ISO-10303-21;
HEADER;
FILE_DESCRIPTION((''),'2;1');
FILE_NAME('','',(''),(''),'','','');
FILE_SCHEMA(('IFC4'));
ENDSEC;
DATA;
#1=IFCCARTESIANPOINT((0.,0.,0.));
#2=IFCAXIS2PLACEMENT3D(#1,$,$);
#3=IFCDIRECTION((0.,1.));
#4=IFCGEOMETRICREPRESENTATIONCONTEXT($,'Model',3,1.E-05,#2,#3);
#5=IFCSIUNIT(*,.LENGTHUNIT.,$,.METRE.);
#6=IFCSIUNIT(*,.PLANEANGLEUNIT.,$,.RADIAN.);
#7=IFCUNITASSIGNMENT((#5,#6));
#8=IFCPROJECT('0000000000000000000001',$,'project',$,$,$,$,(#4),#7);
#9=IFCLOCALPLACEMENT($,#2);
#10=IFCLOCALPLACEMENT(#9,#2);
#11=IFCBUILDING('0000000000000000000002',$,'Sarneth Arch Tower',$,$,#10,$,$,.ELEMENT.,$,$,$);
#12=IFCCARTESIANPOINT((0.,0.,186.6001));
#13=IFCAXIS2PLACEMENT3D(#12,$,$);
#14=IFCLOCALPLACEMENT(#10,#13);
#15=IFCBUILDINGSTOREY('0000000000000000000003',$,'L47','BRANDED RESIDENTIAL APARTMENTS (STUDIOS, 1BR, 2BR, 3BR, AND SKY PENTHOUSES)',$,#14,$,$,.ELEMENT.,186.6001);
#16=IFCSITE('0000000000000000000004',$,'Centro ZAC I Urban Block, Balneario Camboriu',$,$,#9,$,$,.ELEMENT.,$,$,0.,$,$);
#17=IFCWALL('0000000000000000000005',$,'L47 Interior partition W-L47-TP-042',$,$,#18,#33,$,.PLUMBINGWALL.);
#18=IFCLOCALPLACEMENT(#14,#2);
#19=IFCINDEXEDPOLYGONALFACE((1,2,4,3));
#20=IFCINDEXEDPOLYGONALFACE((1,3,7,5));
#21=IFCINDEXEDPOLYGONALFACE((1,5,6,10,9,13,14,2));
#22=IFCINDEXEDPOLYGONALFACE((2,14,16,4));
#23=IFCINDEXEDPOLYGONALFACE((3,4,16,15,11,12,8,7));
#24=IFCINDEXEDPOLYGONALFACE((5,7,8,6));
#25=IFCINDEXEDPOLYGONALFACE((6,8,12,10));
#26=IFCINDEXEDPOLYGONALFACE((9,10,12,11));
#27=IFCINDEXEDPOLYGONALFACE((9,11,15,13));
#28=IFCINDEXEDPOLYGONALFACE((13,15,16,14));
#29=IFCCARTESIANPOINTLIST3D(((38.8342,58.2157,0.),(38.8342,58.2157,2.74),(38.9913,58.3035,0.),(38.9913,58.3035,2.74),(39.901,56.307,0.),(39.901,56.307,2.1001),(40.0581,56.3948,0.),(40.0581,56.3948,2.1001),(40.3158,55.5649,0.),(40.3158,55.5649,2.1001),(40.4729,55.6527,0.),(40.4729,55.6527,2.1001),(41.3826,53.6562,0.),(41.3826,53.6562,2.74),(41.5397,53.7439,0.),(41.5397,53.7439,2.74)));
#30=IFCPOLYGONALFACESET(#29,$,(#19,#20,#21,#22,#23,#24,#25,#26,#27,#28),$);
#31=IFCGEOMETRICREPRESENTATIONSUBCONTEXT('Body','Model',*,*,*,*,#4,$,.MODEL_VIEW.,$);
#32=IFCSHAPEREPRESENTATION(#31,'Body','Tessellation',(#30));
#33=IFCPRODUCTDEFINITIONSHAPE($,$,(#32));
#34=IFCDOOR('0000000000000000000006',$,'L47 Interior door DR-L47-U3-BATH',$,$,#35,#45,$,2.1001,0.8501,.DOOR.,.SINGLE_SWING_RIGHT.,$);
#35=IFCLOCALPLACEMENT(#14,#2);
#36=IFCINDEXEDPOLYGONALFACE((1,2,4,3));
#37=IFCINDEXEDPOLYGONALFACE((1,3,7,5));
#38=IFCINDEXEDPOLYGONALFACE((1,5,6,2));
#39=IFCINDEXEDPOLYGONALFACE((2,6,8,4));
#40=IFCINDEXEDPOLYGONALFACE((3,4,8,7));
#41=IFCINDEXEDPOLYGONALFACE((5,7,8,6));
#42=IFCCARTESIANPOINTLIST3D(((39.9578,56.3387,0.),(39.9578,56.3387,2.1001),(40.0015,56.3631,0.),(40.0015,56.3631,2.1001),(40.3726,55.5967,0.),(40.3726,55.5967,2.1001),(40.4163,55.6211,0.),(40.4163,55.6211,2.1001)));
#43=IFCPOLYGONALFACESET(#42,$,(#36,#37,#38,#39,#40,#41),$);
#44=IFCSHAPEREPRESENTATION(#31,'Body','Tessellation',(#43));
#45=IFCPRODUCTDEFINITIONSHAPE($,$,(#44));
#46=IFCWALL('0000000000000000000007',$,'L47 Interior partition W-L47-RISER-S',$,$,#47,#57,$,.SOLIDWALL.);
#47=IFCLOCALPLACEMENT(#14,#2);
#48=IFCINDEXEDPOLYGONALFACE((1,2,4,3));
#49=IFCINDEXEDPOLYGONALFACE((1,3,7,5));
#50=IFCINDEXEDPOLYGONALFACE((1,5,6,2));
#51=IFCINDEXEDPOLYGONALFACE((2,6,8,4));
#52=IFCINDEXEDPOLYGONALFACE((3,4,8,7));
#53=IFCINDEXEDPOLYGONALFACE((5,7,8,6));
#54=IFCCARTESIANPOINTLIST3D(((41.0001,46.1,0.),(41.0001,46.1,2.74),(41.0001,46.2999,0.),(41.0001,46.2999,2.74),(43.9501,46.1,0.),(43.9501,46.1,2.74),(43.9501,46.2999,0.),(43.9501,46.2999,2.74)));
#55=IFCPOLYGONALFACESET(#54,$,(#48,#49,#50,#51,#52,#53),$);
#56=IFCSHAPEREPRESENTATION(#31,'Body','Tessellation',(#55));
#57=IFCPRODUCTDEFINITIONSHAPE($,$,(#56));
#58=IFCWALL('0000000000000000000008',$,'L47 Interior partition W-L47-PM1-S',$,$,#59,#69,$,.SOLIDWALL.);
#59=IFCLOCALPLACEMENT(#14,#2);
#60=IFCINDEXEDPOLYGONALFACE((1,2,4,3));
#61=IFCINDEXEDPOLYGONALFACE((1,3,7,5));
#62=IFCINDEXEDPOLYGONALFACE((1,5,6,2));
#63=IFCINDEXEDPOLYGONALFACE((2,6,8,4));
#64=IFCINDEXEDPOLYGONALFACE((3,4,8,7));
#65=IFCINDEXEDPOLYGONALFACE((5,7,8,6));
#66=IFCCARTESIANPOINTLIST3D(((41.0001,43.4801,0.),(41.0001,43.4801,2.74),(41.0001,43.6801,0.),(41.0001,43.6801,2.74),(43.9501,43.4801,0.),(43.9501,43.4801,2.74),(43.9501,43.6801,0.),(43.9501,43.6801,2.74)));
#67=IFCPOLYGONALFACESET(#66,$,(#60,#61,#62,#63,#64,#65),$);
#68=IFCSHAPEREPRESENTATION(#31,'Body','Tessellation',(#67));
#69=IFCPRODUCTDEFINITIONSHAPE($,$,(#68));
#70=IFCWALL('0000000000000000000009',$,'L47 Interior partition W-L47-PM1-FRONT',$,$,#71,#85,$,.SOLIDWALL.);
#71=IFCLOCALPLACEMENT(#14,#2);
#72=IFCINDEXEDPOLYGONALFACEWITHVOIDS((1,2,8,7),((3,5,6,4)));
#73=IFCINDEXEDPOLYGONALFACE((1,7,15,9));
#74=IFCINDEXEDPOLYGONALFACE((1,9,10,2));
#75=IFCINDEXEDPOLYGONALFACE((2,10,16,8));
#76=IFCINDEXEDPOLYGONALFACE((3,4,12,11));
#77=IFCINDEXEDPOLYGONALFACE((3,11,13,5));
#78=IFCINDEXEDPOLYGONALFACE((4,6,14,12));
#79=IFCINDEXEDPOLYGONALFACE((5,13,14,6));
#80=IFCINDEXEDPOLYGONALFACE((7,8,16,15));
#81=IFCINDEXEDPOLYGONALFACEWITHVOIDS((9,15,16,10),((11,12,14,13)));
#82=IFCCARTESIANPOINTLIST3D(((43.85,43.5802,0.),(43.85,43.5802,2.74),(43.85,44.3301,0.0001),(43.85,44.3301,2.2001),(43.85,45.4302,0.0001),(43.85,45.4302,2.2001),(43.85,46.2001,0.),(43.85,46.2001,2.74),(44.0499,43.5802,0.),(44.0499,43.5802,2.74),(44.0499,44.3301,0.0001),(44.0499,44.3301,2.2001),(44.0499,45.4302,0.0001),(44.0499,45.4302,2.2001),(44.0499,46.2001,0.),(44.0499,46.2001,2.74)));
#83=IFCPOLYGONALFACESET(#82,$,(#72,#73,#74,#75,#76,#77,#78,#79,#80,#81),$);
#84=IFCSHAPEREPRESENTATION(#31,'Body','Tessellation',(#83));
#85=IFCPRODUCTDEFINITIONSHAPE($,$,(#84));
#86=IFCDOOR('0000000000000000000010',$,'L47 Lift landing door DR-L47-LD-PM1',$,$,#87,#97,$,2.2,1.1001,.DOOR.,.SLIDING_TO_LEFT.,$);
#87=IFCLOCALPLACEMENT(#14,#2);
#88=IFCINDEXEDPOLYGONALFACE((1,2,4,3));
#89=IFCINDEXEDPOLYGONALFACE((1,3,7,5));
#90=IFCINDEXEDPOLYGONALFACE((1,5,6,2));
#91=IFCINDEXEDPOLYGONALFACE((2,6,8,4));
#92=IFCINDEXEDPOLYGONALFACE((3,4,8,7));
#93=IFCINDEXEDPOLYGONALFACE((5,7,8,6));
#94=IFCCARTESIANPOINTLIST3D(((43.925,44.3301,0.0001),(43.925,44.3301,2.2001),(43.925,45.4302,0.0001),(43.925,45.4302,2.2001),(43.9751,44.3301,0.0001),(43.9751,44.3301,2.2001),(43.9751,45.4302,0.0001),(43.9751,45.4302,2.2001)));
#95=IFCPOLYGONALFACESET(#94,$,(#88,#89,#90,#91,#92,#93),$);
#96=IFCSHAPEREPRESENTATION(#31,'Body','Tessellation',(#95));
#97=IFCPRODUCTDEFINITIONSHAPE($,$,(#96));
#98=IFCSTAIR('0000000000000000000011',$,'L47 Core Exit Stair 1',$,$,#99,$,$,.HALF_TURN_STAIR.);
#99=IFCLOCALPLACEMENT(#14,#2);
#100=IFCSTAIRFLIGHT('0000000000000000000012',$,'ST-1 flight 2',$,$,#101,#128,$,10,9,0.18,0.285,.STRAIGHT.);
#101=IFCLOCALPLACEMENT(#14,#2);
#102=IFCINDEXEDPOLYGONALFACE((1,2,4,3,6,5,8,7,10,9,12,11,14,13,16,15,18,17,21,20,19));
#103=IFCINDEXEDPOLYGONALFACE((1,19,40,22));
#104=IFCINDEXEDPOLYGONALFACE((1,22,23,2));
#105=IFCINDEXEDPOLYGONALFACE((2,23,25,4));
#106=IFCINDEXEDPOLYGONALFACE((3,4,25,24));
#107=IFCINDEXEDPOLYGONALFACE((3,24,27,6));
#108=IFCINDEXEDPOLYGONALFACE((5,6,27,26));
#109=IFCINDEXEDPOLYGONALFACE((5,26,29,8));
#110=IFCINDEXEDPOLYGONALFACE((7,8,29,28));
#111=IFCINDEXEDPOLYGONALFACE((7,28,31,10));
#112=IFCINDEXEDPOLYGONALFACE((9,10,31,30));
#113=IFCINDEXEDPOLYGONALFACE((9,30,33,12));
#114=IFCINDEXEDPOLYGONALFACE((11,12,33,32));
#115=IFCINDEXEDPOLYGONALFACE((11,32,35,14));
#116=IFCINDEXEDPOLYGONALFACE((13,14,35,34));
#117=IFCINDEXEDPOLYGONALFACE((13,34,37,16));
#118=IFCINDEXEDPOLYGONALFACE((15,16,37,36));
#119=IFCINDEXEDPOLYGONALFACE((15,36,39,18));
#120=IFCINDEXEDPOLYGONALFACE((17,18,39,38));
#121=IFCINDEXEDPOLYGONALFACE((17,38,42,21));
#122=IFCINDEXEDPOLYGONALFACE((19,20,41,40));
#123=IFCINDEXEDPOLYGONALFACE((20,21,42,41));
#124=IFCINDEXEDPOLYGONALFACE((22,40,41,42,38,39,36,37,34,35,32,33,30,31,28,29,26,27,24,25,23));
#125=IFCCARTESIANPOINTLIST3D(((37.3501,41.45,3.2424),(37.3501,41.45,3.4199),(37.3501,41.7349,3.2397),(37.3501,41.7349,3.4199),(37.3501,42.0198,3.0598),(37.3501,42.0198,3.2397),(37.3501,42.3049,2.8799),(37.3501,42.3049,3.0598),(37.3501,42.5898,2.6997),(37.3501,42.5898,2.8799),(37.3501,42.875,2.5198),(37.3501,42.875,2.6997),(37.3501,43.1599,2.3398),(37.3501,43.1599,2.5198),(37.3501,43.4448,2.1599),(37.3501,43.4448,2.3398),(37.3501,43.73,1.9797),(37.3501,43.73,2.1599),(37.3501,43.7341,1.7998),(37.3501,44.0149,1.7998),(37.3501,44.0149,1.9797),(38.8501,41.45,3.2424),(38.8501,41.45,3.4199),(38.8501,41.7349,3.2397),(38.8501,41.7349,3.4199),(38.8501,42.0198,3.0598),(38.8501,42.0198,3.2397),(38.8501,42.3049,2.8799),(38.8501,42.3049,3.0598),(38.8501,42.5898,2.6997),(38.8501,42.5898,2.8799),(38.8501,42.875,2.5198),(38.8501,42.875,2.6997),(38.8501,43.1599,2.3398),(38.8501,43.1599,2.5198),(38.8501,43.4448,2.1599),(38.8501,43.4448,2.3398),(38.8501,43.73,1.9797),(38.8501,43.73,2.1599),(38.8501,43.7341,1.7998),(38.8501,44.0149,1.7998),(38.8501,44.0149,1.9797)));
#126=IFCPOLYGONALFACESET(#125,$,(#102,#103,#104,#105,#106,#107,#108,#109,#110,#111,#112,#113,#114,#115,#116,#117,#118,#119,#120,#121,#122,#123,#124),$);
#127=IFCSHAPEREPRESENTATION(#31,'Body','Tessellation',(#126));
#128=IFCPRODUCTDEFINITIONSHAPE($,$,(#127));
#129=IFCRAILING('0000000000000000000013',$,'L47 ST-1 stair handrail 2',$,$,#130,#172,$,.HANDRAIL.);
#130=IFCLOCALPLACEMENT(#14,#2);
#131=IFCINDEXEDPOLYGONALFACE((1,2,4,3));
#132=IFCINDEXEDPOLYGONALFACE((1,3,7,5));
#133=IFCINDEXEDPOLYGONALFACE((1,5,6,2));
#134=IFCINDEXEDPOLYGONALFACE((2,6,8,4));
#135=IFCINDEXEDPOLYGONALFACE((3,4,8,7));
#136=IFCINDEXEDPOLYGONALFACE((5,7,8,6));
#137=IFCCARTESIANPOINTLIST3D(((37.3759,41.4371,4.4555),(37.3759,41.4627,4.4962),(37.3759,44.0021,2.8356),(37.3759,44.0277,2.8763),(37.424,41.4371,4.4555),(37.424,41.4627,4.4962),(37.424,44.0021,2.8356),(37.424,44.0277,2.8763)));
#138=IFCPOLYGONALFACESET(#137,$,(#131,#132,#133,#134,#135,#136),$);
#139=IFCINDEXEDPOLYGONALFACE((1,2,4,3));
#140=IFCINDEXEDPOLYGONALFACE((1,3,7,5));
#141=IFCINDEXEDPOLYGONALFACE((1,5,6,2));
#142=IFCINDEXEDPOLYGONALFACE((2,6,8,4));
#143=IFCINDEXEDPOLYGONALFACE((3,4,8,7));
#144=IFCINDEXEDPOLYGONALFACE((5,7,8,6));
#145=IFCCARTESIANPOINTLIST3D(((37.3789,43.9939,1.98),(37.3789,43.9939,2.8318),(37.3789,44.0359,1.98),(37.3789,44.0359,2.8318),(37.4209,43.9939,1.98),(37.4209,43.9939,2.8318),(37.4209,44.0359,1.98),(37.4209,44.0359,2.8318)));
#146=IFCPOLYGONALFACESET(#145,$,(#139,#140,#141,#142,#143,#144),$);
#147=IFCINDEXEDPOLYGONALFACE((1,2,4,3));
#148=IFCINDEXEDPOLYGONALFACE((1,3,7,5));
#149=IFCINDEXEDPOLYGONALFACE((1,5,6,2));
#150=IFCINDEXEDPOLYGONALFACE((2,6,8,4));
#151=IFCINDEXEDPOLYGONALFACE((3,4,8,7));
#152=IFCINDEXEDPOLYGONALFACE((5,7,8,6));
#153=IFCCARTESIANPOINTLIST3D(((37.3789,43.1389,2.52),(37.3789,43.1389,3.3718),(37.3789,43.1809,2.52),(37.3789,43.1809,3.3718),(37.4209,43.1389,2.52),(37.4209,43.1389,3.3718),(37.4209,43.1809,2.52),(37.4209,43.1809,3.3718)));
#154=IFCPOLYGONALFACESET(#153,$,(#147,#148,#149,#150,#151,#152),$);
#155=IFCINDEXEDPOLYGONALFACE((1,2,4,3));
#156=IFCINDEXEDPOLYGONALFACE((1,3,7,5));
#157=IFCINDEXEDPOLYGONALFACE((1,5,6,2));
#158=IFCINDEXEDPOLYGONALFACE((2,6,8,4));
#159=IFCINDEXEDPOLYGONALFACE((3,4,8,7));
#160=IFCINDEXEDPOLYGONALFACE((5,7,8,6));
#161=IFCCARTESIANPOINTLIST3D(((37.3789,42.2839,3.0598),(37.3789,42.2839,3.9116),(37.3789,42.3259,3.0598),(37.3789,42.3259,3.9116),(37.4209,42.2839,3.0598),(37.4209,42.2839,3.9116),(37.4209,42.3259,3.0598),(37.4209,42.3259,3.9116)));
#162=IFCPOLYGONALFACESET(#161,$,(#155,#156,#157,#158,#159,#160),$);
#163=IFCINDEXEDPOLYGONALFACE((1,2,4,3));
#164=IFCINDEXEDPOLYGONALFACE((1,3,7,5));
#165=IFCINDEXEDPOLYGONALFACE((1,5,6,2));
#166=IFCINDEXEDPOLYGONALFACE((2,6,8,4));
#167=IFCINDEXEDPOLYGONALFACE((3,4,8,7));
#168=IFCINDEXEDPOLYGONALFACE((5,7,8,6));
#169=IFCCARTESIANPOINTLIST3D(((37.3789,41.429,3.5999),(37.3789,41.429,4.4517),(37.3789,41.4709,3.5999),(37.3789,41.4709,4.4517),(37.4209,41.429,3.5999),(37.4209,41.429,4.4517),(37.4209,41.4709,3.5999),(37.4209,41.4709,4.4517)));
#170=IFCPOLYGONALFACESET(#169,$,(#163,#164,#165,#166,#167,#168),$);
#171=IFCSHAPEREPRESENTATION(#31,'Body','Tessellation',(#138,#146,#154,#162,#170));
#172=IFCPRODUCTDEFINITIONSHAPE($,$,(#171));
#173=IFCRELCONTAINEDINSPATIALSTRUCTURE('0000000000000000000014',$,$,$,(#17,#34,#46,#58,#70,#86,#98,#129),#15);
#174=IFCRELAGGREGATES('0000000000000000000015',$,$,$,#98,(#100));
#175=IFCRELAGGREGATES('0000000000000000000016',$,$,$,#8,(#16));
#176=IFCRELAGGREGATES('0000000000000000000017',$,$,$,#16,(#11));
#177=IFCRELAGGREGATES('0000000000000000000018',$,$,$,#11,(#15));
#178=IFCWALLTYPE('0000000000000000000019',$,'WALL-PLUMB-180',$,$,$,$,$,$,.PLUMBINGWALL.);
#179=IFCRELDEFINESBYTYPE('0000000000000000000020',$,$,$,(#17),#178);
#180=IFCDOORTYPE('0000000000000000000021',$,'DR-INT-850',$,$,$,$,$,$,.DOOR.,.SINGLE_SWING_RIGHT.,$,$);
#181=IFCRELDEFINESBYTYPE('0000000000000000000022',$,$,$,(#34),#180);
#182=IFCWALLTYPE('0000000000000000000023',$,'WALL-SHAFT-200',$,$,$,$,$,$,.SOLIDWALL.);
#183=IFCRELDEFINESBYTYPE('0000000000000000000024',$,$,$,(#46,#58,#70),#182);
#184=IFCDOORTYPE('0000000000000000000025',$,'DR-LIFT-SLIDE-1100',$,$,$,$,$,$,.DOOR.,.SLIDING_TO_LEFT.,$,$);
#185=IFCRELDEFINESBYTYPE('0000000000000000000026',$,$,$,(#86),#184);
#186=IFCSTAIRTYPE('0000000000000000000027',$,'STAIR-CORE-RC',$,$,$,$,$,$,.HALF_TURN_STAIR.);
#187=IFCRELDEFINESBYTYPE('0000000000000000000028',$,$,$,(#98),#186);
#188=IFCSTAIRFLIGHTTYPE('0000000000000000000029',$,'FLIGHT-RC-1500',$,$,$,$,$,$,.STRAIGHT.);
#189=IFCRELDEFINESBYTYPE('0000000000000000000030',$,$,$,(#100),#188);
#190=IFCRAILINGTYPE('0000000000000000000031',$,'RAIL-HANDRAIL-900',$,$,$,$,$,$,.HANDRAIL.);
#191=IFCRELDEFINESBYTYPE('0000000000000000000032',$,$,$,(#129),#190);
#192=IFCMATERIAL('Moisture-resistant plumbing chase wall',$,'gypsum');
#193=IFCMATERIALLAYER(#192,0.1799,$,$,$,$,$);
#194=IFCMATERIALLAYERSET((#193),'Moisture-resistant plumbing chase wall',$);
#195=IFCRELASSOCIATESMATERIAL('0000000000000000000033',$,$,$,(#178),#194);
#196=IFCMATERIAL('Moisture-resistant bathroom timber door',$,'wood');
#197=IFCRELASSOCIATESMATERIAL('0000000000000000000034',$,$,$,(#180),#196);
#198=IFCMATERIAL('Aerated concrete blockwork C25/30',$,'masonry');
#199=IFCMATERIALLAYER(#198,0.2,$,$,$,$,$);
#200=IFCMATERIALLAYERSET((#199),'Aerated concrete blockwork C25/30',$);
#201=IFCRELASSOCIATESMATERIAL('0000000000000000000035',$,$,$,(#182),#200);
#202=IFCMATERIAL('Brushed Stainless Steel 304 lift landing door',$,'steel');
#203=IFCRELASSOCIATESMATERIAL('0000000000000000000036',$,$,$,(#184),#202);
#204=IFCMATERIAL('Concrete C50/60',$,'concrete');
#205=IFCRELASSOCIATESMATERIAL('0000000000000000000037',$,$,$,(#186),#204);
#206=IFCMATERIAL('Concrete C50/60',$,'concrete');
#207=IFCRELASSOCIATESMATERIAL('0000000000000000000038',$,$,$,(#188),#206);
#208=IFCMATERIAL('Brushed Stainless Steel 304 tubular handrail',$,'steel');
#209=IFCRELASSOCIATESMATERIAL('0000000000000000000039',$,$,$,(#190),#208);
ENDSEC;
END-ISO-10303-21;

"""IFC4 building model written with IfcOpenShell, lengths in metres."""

from ifc_helpers import new_model, si_unit, direction, frame, frame_2d, origin, origin_2d, place, context, subcontext, project, spatial, polyline, rectangle, outline, extrude, material, layer, layer_set, type_object, element, fill, aggregate, save


model = new_model("IFC4")

# Units and contexts
model_context = context("Model", 3, precision=1e-05, world=origin(), true_north=direction((0.0, 1.0)))
body_context = subcontext(model_context, "Body", "Model", "MODEL_VIEW")
ifc_project = project(units=[si_unit("LENGTHUNIT", "METRE"), si_unit("PLANEANGLEUNIT", "RADIAN")], contexts=[model_context])

# Site, building, storey
site_placement = place(None, origin())
site = spatial("IfcSite", under=ifc_project, at=site_placement, Name="Centro ZAC I Urban Block, Balneario Camboriu", CompositionType="ELEMENT", RefElevation=0.0)
building_placement = place(site_placement, origin())
building = spatial("IfcBuilding", under=site, at=building_placement, Name="Sarneth Arch Tower", CompositionType="ELEMENT")
storey_placement = place(building_placement, frame((0.0, 0.0, 186.6001)))
storey = spatial("IfcBuildingStorey", under=building, at=storey_placement, Name="L47", Description="BRANDED RESIDENTIAL APARTMENTS (STUDIOS, 1BR, 2BR, 3BR, AND SKY PENTHOUSES)", CompositionType="ELEMENT", Elevation=186.6001)

# Wall, opening, door
ifc_material_1 = material(Name="Moisture-resistant plumbing chase wall", Category="gypsum")
ifc_layer_1 = layer(ifc_material_1, 0.1799)
ifc_layer_set_1 = layer_set([ifc_layer_1], Name="Moisture-resistant plumbing chase wall")
wall_type_1 = type_object("IfcWallType", Name="WALL-PLUMB-180", PredefinedType="PLUMBINGWALL", material=ifc_layer_set_1)
wall_1_placement = place(storey_placement, frame((41.4612, 53.7, 0.0), z_axis=(0.0, 0.0, 1.0), x_axis=(-0.487872, 0.872915, 0.0)))
wall_1 = element("IfcWall", 1, at=wall_1_placement, inside=storey, type_object=wall_type_1, Name="L47 Interior partition W-L47-TP-042", PredefinedType="PLUMBINGWALL", context=body_context, shape_type="SweptSolid", body=[
    extrude(rectangle(XDim=5.2234, YDim=0.1799, at=frame_2d((2.6118, 0.0))), origin(), (0.0, 0.0, 1.0), 2.74),
])
opening_1_placement = place(wall_1_placement, frame((2.1868, 0.0, 0.0)))
opening_1 = element("IfcOpeningElement", 2, at=opening_1_placement, cuts=wall_1, PredefinedType="OPENING", context=body_context, shape_type="SweptSolid", body=[
    extrude(rectangle(XDim=0.8501, YDim=2.1001, at=frame_2d((0.425, 1.05))), frame((0.0, 0.0999, 0.0), z_axis=(0.0, -1.0, 0.0), x_axis=(1.0, 0.0, 0.0)), (0.0, 0.0, 1.0), 0.2),
])
ifc_material_2 = material(Name="Moisture-resistant bathroom timber door", Category="wood")
door_type_1 = type_object("IfcDoorType", Name="DR-INT-850", OperationType="SINGLE_SWING_RIGHT", PredefinedType="DOOR", material=ifc_material_2)
door_1_placement = place(opening_1_placement, origin())
door_1 = element("IfcDoor", 3, at=door_1_placement, inside=storey, type_object=door_type_1, Name="L47 Interior door DR-L47-U3-BATH", OperationType="SINGLE_SWING_RIGHT", OverallHeight=2.1001, OverallWidth=0.8501, PredefinedType="DOOR", context=body_context, shape_type="SweptSolid", body=[
    extrude(rectangle(XDim=0.8501, YDim=2.1001, at=frame_2d((0.425, 1.05))), frame((0.0, 0.0249, 0.0), z_axis=(0.0, -1.0, 0.0), x_axis=(1.0, 0.0, 0.0)), (0.0, 0.0, 1.0), 0.05),
])
fill(opening_1, door_1)

# Wall
ifc_material_3 = material(Name="Aerated concrete blockwork C25/30", Category="masonry")
ifc_layer_2 = layer(ifc_material_3, 0.2)
ifc_layer_set_2 = layer_set([ifc_layer_2], Name="Aerated concrete blockwork C25/30")
wall_type_2 = type_object("IfcWallType", Name="WALL-SHAFT-200", PredefinedType="SOLIDWALL", material=ifc_layer_set_2)
wall_2_placement = place(storey_placement, frame((41.0, 46.2, 0.0), z_axis=(0.0, 0.0, 1.0), x_axis=(1.0, 0.0, 0.0)))
element("IfcWall", 4, at=wall_2_placement, inside=storey, type_object=wall_type_2, Name="L47 Interior partition W-L47-RISER-S", PredefinedType="SOLIDWALL", context=body_context, shape_type="SweptSolid", body=[
    extrude(rectangle(XDim=2.95, YDim=0.2, at=frame_2d((1.4751, 0.0))), origin(), (0.0, 0.0, 1.0), 2.74),
])

# Wall
wall_3_placement = place(storey_placement, frame((41.0, 43.5801, 0.0), z_axis=(0.0, 0.0, 1.0), x_axis=(1.0, 0.0, 0.0)))
element("IfcWall", 5, at=wall_3_placement, inside=storey, type_object=wall_type_2, Name="L47 Interior partition W-L47-PM1-S", PredefinedType="SOLIDWALL", context=body_context, shape_type="SweptSolid", body=[
    extrude(rectangle(XDim=2.95, YDim=0.2, at=frame_2d((1.4751, 0.0))), origin(), (0.0, 0.0, 1.0), 2.74),
])

# Wall, opening, door
wall_4_placement = place(storey_placement, frame((43.95, 43.5801, 0.0), z_axis=(0.0, 0.0, 1.0), x_axis=(0.0, 1.0, 0.0)))
wall_4 = element("IfcWall", 6, at=wall_4_placement, inside=storey, type_object=wall_type_2, Name="L47 Interior partition W-L47-PM1-FRONT", PredefinedType="SOLIDWALL", context=body_context, shape_type="SweptSolid", body=[
    extrude(rectangle(XDim=2.6199, YDim=0.2, at=frame_2d((1.3101, 0.0))), origin(), (0.0, 0.0, 1.0), 2.74),
])
opening_2_placement = place(wall_4_placement, frame((0.75, 0.0, 0.0)))
opening_2 = element("IfcOpeningElement", 7, at=opening_2_placement, cuts=wall_4, PredefinedType="OPENING", context=body_context, shape_type="SweptSolid", body=[
    extrude(rectangle(XDim=1.1001, YDim=2.2, at=frame_2d((0.55, 1.1001))), frame((0.0, 0.1099, 0.0), z_axis=(0.0, -1.0, 0.0), x_axis=(1.0, 0.0, 0.0)), (0.0, 0.0, 1.0), 0.22),
])
ifc_material_4 = material(Name="Brushed Stainless Steel 304 lift landing door", Category="steel")
door_type_2 = type_object("IfcDoorType", Name="DR-LIFT-SLIDE-1100", OperationType="SLIDING_TO_LEFT", PredefinedType="DOOR", material=ifc_material_4)
door_2_placement = place(opening_2_placement, origin())
door_2 = element("IfcDoor", 8, at=door_2_placement, inside=storey, type_object=door_type_2, Name="L47 Lift landing door DR-L47-LD-PM1", OperationType="SLIDING_TO_LEFT", OverallHeight=2.2, OverallWidth=1.1001, PredefinedType="DOOR", context=body_context, shape_type="SweptSolid", body=[
    extrude(rectangle(XDim=1.1001, YDim=2.2, at=frame_2d((0.55, 1.1001))), frame((0.0, 0.0249, 0.0), z_axis=(0.0, -1.0, 0.0), x_axis=(1.0, 0.0, 0.0)), (0.0, 0.0, 1.0), 0.05),
])
fill(opening_2, door_2)

# Stair, stair flight
ifc_material_5 = material(Name="Concrete C50/60", Category="concrete")
stair_type = type_object("IfcStairType", Name="STAIR-CORE-RC", PredefinedType="HALF_TURN_STAIR", material=ifc_material_5)
stair_placement = place(storey_placement, origin())
stair = element("IfcStair", 9, at=stair_placement, inside=storey, type_object=stair_type, Name="L47 Core Exit Stair 1", PredefinedType="HALF_TURN_STAIR")
ifc_material_6 = material(Name="Concrete C50/60", Category="concrete")
stair_flight_type = type_object("IfcStairFlightType", Name="FLIGHT-RC-1500", PredefinedType="STRAIGHT", material=ifc_material_6)
stair_flight_placement = place(storey_placement, frame((38.1001, 44.0149, 1.7998), z_axis=(0.0, 0.0, 1.0), x_axis=(0.0, -1.0, 0.0)))
stair_flight = element("IfcStairFlight", 10, at=stair_flight_placement, type_object=stair_flight_type, Name="ST-1 flight 2", NumberOfRisers=10, NumberOfTreads=9, PredefinedType="STRAIGHT", RiserHeight=0.18, TreadLength=0.285, context=body_context, shape_type="SweptSolid", body=[
    extrude(outline(polyline([(0.0, 0.0), (0.0, 0.1799), (0.2849, 0.1799), (0.2849, 0.3601), (0.5701, 0.3601), (0.5701, 0.54), (0.855, 0.54), (0.855, 0.72), (1.1399, 0.72), (1.1399, 0.8999), (1.425, 0.8999), (1.425, 1.0801), (1.71, 1.0801), (1.71, 1.26), (1.9951, 1.26), (1.9951, 1.4399), (2.28, 1.4399), (2.28, 1.6201), (2.5649, 1.6201), (2.5649, 1.8), (2.5649, 1.4426), (0.2808, 0.0), (0.0, 0.0)])), frame((0.0, 0.75, 0.0), z_axis=(0.0, -1.0, 0.0), x_axis=(1.0, 0.0, 0.0)), (0.0, 0.0, 1.0), 1.5),
])
aggregate(stair, [stair_flight])

# Railing
ifc_material_7 = material(Name="Brushed Stainless Steel 304 tubular handrail", Category="steel")
railing_type_1 = type_object("IfcRailingType", Name="RAIL-HANDRAIL-900", PredefinedType="HANDRAIL", material=ifc_material_7)
railing_1_placement = place(storey_placement, frame((37.3999, 44.0149, 1.98)))
element("IfcRailing", 11, at=railing_1_placement, inside=storey, type_object=railing_type_1, Name="L47 ST-1 stair handrail 2", PredefinedType="HANDRAIL", context=body_context, shape_type="SweptSolid", body=[
    extrude(rectangle(XDim=0.0481, YDim=0.0481, at=origin_2d()), frame((0.0, 0.0, 0.876), z_axis=(0.0, -0.845502, 0.533972), x_axis=(1.0, 0.0, 0.0)), (0.0, 0.0, 1.0), 3.0337),
    extrude(rectangle(XDim=0.042, YDim=0.042, at=origin_2d()), origin(), (0.0, 0.0, 1.0), 0.8518),
    extrude(rectangle(XDim=0.042, YDim=0.042, at=origin_2d()), frame((0.0, -0.855, 0.54)), (0.0, 0.0, 1.0), 0.8518),
    extrude(rectangle(XDim=0.042, YDim=0.042, at=origin_2d()), frame((0.0, -1.71, 1.0798)), (0.0, 0.0, 1.0), 0.8518),
    extrude(rectangle(XDim=0.042, YDim=0.042, at=origin_2d()), frame((0.0, -2.5649, 1.6199)), (0.0, 0.0, 1.0), 0.8518),
])

save(model, "model.ifc")
